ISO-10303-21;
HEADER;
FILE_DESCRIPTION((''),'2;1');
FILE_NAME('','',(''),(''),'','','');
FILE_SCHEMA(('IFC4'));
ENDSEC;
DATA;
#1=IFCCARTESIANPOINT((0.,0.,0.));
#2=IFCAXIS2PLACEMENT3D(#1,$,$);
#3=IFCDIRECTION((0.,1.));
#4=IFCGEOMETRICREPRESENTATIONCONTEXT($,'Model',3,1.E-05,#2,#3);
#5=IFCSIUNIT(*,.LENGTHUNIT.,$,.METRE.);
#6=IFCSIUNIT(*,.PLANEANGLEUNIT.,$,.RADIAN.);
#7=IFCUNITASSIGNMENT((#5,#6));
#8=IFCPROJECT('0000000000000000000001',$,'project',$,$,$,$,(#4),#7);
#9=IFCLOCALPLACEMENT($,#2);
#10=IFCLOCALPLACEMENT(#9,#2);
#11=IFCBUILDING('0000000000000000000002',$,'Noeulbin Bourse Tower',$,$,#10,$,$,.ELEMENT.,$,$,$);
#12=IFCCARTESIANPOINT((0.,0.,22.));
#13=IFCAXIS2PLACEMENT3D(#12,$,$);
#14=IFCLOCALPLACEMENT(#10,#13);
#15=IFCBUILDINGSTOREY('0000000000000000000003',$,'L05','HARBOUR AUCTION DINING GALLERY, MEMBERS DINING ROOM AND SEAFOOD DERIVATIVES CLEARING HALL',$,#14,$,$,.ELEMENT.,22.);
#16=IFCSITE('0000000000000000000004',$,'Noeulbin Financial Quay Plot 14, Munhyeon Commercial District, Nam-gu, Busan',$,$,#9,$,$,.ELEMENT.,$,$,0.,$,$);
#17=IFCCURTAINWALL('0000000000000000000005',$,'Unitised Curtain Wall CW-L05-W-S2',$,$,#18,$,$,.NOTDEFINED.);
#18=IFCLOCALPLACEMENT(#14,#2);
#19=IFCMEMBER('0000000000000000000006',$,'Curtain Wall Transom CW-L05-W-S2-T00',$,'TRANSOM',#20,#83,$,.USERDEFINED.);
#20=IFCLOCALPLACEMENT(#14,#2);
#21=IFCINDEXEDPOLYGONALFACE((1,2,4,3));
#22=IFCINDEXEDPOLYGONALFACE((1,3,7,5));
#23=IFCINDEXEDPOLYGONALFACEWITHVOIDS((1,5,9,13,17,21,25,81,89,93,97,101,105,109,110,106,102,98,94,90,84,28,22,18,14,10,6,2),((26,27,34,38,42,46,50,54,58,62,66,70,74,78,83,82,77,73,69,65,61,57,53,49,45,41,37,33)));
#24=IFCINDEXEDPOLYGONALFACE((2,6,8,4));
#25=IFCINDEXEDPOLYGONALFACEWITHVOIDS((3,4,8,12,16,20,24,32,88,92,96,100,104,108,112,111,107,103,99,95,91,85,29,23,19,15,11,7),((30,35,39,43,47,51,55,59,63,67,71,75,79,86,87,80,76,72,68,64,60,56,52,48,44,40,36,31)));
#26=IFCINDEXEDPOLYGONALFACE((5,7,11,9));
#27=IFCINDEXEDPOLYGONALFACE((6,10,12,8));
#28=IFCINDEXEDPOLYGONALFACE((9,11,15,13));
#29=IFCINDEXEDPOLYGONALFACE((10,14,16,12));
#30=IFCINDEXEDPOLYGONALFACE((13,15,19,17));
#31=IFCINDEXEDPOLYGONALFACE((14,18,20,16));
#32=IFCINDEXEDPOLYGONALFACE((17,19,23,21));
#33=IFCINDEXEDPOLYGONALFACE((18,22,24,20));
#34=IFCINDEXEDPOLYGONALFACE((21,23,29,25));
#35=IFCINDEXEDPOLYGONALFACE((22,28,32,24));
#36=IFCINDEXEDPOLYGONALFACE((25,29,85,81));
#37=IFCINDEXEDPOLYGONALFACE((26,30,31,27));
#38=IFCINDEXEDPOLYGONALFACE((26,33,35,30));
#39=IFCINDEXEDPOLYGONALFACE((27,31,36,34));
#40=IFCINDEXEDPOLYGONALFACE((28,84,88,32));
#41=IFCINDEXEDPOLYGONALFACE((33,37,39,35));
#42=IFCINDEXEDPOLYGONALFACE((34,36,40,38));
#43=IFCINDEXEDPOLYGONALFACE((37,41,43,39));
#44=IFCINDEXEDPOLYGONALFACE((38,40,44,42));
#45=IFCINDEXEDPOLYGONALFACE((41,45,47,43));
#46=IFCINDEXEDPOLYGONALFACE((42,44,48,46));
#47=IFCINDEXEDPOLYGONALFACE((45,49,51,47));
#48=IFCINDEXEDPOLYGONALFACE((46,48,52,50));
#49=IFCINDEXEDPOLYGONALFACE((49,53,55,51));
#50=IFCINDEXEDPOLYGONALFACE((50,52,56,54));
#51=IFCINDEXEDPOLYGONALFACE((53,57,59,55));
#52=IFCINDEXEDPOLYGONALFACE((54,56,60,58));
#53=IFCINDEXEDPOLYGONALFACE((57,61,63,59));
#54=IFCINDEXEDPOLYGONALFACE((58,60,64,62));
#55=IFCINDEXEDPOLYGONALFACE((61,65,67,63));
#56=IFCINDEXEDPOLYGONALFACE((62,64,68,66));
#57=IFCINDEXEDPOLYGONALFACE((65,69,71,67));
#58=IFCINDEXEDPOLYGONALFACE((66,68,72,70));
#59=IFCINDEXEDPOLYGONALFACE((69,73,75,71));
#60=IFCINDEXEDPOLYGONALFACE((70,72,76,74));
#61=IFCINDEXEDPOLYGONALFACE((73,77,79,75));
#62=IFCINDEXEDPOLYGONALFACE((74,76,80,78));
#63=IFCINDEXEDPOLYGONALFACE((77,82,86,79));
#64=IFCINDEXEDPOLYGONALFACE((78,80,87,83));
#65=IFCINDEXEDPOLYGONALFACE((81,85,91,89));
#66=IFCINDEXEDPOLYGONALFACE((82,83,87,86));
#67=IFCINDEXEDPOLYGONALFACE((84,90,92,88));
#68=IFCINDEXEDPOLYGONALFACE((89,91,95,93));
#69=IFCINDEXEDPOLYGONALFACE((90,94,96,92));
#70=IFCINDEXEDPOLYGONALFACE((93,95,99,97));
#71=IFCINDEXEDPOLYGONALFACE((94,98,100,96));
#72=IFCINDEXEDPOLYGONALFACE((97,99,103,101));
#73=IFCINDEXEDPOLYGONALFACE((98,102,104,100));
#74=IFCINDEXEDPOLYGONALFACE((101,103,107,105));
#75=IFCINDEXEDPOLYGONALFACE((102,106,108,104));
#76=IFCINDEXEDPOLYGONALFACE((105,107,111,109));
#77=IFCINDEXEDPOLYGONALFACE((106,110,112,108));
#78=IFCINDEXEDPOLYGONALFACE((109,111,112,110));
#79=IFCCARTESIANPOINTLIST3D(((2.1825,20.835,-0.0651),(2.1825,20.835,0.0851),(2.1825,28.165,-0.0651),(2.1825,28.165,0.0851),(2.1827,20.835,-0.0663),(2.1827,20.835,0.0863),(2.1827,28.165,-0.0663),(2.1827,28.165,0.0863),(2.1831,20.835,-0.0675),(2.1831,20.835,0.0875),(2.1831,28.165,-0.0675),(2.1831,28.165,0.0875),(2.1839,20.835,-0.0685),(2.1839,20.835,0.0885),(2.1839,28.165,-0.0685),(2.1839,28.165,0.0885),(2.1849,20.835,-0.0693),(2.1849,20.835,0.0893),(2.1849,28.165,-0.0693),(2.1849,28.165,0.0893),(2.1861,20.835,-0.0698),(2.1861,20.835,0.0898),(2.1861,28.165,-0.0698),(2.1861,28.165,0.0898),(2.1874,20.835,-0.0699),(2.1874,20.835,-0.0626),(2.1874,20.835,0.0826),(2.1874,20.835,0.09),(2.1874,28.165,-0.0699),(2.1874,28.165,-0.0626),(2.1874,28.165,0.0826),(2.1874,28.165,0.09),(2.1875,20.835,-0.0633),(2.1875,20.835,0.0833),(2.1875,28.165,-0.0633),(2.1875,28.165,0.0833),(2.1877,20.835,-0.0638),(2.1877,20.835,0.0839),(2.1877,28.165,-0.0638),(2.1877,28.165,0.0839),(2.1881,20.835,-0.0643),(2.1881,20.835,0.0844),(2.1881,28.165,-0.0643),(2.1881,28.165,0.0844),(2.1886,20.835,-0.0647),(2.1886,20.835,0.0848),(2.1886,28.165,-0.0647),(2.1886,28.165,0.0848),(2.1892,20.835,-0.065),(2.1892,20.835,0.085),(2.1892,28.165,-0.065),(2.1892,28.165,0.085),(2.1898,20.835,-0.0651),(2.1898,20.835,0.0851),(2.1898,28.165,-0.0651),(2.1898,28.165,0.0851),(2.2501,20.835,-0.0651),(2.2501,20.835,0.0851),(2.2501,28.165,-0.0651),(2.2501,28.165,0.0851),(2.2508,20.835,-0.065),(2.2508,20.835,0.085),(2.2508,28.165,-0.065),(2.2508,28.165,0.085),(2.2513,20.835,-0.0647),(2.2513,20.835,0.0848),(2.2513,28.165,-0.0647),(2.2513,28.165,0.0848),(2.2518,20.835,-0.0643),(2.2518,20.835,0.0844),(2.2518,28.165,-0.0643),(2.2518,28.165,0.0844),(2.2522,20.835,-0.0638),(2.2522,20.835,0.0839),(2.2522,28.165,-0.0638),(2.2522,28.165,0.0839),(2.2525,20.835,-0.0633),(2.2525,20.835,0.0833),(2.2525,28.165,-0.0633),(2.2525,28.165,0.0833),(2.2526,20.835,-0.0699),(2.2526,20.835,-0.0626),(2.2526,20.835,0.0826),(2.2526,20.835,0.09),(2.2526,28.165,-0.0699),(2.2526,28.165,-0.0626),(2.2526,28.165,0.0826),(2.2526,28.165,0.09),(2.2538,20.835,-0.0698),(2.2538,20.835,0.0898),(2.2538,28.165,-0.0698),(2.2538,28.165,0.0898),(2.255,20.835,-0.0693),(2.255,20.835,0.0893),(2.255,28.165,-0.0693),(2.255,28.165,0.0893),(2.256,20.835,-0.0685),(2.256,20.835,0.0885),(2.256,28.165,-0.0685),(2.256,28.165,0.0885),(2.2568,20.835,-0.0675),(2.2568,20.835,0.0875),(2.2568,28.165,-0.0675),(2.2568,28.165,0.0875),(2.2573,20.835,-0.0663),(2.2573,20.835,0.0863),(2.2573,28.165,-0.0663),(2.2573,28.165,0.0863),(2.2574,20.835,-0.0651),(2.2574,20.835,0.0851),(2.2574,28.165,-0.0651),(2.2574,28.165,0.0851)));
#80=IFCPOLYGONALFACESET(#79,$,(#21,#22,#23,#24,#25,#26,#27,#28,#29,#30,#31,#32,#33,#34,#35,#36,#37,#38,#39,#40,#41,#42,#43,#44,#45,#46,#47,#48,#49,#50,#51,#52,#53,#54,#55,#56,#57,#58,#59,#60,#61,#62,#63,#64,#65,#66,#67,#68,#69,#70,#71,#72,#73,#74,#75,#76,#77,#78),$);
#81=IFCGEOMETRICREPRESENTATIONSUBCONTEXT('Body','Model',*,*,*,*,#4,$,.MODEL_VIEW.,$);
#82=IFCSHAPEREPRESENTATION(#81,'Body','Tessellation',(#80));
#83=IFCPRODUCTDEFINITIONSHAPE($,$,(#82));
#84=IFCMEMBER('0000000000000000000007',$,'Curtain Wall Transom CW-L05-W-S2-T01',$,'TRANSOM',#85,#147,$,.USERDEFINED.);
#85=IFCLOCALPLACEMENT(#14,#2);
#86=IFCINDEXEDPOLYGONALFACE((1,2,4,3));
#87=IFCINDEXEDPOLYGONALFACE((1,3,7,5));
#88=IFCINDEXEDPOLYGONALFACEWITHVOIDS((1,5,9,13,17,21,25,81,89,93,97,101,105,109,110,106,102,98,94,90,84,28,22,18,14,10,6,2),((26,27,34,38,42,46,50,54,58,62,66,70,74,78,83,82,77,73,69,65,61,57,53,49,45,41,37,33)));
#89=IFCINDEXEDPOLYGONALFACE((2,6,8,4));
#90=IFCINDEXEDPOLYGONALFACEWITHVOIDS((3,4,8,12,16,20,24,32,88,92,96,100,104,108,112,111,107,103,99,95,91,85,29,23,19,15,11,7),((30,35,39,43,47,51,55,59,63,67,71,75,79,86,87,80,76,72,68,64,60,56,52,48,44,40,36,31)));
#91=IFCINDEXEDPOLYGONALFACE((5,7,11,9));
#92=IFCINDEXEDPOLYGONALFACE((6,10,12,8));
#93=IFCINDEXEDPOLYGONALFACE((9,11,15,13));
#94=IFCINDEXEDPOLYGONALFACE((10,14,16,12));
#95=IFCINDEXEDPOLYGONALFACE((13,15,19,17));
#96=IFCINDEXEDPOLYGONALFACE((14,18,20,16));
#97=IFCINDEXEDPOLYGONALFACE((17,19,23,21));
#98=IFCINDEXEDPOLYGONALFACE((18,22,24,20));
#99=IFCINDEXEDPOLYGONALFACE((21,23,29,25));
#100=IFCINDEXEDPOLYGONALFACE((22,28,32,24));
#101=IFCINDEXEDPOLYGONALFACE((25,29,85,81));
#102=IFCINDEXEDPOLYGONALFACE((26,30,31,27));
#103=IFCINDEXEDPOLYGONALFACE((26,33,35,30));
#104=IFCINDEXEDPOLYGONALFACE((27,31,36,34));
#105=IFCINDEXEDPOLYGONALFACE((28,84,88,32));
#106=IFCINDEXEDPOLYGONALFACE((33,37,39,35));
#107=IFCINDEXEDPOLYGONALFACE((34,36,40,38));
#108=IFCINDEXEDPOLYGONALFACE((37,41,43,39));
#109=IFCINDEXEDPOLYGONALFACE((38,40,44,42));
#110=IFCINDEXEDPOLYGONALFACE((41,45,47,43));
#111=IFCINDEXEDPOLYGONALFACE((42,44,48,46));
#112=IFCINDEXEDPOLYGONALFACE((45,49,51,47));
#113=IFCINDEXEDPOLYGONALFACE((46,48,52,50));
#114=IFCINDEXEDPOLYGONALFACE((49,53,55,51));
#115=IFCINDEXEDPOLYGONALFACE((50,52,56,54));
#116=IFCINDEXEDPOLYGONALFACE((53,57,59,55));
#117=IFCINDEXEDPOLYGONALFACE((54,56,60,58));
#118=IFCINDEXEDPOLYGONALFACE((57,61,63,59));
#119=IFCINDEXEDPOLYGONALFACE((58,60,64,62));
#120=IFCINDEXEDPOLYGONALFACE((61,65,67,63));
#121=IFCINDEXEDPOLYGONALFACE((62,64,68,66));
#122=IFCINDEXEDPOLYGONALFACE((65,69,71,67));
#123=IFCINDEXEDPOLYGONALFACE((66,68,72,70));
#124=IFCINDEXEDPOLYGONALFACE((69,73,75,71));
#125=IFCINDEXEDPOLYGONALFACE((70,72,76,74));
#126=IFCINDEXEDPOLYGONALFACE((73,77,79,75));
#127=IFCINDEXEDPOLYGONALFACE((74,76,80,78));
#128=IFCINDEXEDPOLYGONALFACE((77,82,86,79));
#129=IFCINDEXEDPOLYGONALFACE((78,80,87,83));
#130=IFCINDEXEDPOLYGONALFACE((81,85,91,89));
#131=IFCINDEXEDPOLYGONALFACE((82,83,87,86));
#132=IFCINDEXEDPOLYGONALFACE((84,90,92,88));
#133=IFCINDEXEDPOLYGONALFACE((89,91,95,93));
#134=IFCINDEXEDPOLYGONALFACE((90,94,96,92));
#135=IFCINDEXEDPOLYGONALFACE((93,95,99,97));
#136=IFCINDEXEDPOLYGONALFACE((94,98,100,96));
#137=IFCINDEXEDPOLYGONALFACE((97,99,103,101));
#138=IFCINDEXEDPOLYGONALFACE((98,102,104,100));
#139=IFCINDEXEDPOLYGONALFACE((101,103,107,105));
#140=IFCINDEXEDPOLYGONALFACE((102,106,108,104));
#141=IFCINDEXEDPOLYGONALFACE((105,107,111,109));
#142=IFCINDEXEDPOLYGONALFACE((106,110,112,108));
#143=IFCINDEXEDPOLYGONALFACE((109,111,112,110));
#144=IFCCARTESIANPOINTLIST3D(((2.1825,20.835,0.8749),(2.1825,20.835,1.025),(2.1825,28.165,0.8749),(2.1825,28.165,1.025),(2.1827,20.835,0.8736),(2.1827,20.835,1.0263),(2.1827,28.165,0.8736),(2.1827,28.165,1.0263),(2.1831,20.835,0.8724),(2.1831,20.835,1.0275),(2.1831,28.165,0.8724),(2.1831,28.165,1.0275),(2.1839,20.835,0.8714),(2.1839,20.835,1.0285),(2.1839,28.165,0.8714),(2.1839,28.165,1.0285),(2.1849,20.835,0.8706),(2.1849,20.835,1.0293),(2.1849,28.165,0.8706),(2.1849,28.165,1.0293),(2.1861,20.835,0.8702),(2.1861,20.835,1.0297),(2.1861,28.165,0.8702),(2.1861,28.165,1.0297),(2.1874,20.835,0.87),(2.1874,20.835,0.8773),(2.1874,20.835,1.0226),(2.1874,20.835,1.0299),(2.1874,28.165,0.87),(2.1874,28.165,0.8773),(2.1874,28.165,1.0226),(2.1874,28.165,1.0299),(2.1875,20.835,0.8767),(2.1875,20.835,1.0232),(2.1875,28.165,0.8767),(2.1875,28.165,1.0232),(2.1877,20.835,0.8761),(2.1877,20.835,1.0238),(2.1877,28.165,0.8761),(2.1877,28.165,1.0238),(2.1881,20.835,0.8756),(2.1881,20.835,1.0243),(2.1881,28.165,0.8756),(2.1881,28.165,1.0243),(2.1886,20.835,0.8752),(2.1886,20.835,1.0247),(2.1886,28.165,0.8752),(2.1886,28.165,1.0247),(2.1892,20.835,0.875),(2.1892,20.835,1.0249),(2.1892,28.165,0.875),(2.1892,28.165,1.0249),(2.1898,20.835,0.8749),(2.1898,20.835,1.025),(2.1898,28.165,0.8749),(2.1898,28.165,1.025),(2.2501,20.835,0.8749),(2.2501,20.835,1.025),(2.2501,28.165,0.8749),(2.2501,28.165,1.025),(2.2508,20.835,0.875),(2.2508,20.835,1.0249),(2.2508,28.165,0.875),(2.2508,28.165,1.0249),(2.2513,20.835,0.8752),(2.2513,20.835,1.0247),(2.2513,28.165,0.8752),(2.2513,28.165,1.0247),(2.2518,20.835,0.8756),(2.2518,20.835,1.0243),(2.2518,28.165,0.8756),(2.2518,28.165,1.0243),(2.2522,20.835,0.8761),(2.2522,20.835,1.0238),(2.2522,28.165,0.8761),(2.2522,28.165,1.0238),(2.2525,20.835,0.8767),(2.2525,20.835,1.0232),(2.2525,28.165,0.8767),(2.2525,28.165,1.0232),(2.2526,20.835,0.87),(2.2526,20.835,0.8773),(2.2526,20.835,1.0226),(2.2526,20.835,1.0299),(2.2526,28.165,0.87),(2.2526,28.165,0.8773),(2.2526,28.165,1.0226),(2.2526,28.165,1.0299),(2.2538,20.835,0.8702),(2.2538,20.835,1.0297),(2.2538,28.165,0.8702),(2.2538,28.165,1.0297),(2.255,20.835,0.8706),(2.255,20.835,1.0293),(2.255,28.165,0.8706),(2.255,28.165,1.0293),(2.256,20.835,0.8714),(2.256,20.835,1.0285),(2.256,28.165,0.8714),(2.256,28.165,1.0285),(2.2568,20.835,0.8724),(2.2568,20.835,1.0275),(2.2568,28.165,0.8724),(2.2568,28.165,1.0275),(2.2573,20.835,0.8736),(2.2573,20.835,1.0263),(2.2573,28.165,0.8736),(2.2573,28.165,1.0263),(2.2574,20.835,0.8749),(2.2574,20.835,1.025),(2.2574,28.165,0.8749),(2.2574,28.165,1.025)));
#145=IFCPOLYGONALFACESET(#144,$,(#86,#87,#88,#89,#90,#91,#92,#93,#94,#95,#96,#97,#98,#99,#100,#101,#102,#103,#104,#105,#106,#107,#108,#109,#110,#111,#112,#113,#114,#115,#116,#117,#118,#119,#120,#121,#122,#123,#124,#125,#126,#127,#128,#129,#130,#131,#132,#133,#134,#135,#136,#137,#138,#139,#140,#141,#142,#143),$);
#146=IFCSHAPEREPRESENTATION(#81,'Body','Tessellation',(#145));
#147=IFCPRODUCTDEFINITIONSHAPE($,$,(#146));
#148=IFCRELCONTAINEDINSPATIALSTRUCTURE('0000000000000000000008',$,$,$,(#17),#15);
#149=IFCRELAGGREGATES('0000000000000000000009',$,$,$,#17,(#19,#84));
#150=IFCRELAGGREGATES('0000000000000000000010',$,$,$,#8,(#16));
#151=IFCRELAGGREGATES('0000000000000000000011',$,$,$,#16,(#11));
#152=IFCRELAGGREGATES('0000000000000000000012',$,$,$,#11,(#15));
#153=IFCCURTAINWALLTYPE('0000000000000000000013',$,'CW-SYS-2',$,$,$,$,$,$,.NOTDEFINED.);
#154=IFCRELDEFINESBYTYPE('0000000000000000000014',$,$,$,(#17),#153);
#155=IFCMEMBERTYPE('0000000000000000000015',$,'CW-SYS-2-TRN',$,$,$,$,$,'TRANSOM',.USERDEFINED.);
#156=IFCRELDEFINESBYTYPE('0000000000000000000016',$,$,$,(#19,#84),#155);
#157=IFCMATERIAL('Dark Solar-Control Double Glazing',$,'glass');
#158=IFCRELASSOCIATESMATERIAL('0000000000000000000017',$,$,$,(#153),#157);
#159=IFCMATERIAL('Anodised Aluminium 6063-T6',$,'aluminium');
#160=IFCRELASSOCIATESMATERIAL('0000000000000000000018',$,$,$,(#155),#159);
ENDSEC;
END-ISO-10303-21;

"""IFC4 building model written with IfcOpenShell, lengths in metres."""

from ifc_helpers import new_model, si_unit, direction, frame, origin, origin_2d, place, context, subcontext, project, spatial, hollow_rectangle, extrude, material, material_profile, profile_set, type_object, element, aggregate, save


model = new_model("IFC4")

# Units and contexts
model_context = context("Model", 3, precision=1e-05, world=origin(), true_north=direction((0.0, 1.0)))
body_context = subcontext(model_context, "Body", "Model", "MODEL_VIEW")
ifc_project = project(units=[si_unit("LENGTHUNIT", "METRE"), si_unit("PLANEANGLEUNIT", "RADIAN")], contexts=[model_context])

# Site, building, storey
site_placement = place(None, origin())
site = spatial("IfcSite", under=ifc_project, at=site_placement, Name="Noeulbin Financial Quay Plot 14, Munhyeon Commercial District, Nam-gu, Busan", CompositionType="ELEMENT", RefElevation=0.0)
building_placement = place(site_placement, origin())
building = spatial("IfcBuilding", under=site, at=building_placement, Name="Noeulbin Bourse Tower", CompositionType="ELEMENT")
storey_placement = place(building_placement, frame((0.0, 0.0, 22.0)))
storey = spatial("IfcBuildingStorey", under=building, at=storey_placement, Name="L05", Description="HARBOUR AUCTION DINING GALLERY, MEMBERS DINING ROOM AND SEAFOOD DERIVATIVES CLEARING HALL", CompositionType="ELEMENT", Elevation=22.0)

# Shared definitions
ifc_material_1 = material(Name="Dark Solar-Control Double Glazing", Category="glass")
curtain_wall_type = type_object("IfcCurtainWallType", Name="CW-SYS-2", PredefinedType="NOTDEFINED", material=ifc_material_1)
ifc_material_2 = material(Name="Anodised Aluminium 6063-T6", Category="aluminium")

# Curtain wall
curtain_wall_1_placement = place(storey_placement, origin())
curtain_wall_1 = element("IfcCurtainWall", 1, at=curtain_wall_1_placement, inside=storey, type_object=curtain_wall_type, Name="Unitised Curtain Wall CW-L05-W-S2", PredefinedType="NOTDEFINED")

# Members
ifc_material_profile_1 = material_profile(ifc_material_2, hollow_rectangle(XDim=0.075, YDim=0.1599, WallThickness=0.0049, InnerFilletRadius=0.0024, OuterFilletRadius=0.0049, at=origin_2d()), Name="ALU-TRAN-75x160x5", Category="LoadBearing")
ifc_profile_set_1 = profile_set([ifc_material_profile_1], Name="Anodised Aluminium 6063-T6")
member_type_1 = type_object("IfcMemberType", Name="CW-SYS-2-TRN", ElementType="TRANSOM", PredefinedType="USERDEFINED", material=ifc_profile_set_1)
member_1_placement = place(storey_placement, frame((2.22, 20.835, 0.01), z_axis=(0.0, 1.0, 0.0), x_axis=(-1.0, 0.0, 0.0)))
member_1 = element("IfcMember", 2, at=member_1_placement, type_object=member_type_1, Name="Curtain Wall Transom CW-L05-W-S2-T00", ObjectType="TRANSOM", PredefinedType="USERDEFINED", context=body_context, shape_type="SweptSolid", body=[
    extrude(hollow_rectangle(XDim=0.075, YDim=0.1599, WallThickness=0.0049, InnerFilletRadius=0.0024, OuterFilletRadius=0.0049, at=origin_2d()), origin(), (0.0, 0.0, 1.0), 7.3301),
])
member_2_placement = place(storey_placement, frame((2.22, 20.835, 0.95), z_axis=(0.0, 1.0, 0.0), x_axis=(-1.0, 0.0, 0.0)))
member_2 = element("IfcMember", 3, at=member_2_placement, type_object=member_type_1, Name="Curtain Wall Transom CW-L05-W-S2-T01", ObjectType="TRANSOM", PredefinedType="USERDEFINED", context=body_context, shape_type="SweptSolid", body=[
    extrude(hollow_rectangle(XDim=0.075, YDim=0.1599, WallThickness=0.0049, InnerFilletRadius=0.0024, OuterFilletRadius=0.0049, at=origin_2d()), origin(), (0.0, 0.0, 1.0), 7.3301),
])

aggregate(curtain_wall_1, [member_1, member_2])

save(model, "model.ifc")
